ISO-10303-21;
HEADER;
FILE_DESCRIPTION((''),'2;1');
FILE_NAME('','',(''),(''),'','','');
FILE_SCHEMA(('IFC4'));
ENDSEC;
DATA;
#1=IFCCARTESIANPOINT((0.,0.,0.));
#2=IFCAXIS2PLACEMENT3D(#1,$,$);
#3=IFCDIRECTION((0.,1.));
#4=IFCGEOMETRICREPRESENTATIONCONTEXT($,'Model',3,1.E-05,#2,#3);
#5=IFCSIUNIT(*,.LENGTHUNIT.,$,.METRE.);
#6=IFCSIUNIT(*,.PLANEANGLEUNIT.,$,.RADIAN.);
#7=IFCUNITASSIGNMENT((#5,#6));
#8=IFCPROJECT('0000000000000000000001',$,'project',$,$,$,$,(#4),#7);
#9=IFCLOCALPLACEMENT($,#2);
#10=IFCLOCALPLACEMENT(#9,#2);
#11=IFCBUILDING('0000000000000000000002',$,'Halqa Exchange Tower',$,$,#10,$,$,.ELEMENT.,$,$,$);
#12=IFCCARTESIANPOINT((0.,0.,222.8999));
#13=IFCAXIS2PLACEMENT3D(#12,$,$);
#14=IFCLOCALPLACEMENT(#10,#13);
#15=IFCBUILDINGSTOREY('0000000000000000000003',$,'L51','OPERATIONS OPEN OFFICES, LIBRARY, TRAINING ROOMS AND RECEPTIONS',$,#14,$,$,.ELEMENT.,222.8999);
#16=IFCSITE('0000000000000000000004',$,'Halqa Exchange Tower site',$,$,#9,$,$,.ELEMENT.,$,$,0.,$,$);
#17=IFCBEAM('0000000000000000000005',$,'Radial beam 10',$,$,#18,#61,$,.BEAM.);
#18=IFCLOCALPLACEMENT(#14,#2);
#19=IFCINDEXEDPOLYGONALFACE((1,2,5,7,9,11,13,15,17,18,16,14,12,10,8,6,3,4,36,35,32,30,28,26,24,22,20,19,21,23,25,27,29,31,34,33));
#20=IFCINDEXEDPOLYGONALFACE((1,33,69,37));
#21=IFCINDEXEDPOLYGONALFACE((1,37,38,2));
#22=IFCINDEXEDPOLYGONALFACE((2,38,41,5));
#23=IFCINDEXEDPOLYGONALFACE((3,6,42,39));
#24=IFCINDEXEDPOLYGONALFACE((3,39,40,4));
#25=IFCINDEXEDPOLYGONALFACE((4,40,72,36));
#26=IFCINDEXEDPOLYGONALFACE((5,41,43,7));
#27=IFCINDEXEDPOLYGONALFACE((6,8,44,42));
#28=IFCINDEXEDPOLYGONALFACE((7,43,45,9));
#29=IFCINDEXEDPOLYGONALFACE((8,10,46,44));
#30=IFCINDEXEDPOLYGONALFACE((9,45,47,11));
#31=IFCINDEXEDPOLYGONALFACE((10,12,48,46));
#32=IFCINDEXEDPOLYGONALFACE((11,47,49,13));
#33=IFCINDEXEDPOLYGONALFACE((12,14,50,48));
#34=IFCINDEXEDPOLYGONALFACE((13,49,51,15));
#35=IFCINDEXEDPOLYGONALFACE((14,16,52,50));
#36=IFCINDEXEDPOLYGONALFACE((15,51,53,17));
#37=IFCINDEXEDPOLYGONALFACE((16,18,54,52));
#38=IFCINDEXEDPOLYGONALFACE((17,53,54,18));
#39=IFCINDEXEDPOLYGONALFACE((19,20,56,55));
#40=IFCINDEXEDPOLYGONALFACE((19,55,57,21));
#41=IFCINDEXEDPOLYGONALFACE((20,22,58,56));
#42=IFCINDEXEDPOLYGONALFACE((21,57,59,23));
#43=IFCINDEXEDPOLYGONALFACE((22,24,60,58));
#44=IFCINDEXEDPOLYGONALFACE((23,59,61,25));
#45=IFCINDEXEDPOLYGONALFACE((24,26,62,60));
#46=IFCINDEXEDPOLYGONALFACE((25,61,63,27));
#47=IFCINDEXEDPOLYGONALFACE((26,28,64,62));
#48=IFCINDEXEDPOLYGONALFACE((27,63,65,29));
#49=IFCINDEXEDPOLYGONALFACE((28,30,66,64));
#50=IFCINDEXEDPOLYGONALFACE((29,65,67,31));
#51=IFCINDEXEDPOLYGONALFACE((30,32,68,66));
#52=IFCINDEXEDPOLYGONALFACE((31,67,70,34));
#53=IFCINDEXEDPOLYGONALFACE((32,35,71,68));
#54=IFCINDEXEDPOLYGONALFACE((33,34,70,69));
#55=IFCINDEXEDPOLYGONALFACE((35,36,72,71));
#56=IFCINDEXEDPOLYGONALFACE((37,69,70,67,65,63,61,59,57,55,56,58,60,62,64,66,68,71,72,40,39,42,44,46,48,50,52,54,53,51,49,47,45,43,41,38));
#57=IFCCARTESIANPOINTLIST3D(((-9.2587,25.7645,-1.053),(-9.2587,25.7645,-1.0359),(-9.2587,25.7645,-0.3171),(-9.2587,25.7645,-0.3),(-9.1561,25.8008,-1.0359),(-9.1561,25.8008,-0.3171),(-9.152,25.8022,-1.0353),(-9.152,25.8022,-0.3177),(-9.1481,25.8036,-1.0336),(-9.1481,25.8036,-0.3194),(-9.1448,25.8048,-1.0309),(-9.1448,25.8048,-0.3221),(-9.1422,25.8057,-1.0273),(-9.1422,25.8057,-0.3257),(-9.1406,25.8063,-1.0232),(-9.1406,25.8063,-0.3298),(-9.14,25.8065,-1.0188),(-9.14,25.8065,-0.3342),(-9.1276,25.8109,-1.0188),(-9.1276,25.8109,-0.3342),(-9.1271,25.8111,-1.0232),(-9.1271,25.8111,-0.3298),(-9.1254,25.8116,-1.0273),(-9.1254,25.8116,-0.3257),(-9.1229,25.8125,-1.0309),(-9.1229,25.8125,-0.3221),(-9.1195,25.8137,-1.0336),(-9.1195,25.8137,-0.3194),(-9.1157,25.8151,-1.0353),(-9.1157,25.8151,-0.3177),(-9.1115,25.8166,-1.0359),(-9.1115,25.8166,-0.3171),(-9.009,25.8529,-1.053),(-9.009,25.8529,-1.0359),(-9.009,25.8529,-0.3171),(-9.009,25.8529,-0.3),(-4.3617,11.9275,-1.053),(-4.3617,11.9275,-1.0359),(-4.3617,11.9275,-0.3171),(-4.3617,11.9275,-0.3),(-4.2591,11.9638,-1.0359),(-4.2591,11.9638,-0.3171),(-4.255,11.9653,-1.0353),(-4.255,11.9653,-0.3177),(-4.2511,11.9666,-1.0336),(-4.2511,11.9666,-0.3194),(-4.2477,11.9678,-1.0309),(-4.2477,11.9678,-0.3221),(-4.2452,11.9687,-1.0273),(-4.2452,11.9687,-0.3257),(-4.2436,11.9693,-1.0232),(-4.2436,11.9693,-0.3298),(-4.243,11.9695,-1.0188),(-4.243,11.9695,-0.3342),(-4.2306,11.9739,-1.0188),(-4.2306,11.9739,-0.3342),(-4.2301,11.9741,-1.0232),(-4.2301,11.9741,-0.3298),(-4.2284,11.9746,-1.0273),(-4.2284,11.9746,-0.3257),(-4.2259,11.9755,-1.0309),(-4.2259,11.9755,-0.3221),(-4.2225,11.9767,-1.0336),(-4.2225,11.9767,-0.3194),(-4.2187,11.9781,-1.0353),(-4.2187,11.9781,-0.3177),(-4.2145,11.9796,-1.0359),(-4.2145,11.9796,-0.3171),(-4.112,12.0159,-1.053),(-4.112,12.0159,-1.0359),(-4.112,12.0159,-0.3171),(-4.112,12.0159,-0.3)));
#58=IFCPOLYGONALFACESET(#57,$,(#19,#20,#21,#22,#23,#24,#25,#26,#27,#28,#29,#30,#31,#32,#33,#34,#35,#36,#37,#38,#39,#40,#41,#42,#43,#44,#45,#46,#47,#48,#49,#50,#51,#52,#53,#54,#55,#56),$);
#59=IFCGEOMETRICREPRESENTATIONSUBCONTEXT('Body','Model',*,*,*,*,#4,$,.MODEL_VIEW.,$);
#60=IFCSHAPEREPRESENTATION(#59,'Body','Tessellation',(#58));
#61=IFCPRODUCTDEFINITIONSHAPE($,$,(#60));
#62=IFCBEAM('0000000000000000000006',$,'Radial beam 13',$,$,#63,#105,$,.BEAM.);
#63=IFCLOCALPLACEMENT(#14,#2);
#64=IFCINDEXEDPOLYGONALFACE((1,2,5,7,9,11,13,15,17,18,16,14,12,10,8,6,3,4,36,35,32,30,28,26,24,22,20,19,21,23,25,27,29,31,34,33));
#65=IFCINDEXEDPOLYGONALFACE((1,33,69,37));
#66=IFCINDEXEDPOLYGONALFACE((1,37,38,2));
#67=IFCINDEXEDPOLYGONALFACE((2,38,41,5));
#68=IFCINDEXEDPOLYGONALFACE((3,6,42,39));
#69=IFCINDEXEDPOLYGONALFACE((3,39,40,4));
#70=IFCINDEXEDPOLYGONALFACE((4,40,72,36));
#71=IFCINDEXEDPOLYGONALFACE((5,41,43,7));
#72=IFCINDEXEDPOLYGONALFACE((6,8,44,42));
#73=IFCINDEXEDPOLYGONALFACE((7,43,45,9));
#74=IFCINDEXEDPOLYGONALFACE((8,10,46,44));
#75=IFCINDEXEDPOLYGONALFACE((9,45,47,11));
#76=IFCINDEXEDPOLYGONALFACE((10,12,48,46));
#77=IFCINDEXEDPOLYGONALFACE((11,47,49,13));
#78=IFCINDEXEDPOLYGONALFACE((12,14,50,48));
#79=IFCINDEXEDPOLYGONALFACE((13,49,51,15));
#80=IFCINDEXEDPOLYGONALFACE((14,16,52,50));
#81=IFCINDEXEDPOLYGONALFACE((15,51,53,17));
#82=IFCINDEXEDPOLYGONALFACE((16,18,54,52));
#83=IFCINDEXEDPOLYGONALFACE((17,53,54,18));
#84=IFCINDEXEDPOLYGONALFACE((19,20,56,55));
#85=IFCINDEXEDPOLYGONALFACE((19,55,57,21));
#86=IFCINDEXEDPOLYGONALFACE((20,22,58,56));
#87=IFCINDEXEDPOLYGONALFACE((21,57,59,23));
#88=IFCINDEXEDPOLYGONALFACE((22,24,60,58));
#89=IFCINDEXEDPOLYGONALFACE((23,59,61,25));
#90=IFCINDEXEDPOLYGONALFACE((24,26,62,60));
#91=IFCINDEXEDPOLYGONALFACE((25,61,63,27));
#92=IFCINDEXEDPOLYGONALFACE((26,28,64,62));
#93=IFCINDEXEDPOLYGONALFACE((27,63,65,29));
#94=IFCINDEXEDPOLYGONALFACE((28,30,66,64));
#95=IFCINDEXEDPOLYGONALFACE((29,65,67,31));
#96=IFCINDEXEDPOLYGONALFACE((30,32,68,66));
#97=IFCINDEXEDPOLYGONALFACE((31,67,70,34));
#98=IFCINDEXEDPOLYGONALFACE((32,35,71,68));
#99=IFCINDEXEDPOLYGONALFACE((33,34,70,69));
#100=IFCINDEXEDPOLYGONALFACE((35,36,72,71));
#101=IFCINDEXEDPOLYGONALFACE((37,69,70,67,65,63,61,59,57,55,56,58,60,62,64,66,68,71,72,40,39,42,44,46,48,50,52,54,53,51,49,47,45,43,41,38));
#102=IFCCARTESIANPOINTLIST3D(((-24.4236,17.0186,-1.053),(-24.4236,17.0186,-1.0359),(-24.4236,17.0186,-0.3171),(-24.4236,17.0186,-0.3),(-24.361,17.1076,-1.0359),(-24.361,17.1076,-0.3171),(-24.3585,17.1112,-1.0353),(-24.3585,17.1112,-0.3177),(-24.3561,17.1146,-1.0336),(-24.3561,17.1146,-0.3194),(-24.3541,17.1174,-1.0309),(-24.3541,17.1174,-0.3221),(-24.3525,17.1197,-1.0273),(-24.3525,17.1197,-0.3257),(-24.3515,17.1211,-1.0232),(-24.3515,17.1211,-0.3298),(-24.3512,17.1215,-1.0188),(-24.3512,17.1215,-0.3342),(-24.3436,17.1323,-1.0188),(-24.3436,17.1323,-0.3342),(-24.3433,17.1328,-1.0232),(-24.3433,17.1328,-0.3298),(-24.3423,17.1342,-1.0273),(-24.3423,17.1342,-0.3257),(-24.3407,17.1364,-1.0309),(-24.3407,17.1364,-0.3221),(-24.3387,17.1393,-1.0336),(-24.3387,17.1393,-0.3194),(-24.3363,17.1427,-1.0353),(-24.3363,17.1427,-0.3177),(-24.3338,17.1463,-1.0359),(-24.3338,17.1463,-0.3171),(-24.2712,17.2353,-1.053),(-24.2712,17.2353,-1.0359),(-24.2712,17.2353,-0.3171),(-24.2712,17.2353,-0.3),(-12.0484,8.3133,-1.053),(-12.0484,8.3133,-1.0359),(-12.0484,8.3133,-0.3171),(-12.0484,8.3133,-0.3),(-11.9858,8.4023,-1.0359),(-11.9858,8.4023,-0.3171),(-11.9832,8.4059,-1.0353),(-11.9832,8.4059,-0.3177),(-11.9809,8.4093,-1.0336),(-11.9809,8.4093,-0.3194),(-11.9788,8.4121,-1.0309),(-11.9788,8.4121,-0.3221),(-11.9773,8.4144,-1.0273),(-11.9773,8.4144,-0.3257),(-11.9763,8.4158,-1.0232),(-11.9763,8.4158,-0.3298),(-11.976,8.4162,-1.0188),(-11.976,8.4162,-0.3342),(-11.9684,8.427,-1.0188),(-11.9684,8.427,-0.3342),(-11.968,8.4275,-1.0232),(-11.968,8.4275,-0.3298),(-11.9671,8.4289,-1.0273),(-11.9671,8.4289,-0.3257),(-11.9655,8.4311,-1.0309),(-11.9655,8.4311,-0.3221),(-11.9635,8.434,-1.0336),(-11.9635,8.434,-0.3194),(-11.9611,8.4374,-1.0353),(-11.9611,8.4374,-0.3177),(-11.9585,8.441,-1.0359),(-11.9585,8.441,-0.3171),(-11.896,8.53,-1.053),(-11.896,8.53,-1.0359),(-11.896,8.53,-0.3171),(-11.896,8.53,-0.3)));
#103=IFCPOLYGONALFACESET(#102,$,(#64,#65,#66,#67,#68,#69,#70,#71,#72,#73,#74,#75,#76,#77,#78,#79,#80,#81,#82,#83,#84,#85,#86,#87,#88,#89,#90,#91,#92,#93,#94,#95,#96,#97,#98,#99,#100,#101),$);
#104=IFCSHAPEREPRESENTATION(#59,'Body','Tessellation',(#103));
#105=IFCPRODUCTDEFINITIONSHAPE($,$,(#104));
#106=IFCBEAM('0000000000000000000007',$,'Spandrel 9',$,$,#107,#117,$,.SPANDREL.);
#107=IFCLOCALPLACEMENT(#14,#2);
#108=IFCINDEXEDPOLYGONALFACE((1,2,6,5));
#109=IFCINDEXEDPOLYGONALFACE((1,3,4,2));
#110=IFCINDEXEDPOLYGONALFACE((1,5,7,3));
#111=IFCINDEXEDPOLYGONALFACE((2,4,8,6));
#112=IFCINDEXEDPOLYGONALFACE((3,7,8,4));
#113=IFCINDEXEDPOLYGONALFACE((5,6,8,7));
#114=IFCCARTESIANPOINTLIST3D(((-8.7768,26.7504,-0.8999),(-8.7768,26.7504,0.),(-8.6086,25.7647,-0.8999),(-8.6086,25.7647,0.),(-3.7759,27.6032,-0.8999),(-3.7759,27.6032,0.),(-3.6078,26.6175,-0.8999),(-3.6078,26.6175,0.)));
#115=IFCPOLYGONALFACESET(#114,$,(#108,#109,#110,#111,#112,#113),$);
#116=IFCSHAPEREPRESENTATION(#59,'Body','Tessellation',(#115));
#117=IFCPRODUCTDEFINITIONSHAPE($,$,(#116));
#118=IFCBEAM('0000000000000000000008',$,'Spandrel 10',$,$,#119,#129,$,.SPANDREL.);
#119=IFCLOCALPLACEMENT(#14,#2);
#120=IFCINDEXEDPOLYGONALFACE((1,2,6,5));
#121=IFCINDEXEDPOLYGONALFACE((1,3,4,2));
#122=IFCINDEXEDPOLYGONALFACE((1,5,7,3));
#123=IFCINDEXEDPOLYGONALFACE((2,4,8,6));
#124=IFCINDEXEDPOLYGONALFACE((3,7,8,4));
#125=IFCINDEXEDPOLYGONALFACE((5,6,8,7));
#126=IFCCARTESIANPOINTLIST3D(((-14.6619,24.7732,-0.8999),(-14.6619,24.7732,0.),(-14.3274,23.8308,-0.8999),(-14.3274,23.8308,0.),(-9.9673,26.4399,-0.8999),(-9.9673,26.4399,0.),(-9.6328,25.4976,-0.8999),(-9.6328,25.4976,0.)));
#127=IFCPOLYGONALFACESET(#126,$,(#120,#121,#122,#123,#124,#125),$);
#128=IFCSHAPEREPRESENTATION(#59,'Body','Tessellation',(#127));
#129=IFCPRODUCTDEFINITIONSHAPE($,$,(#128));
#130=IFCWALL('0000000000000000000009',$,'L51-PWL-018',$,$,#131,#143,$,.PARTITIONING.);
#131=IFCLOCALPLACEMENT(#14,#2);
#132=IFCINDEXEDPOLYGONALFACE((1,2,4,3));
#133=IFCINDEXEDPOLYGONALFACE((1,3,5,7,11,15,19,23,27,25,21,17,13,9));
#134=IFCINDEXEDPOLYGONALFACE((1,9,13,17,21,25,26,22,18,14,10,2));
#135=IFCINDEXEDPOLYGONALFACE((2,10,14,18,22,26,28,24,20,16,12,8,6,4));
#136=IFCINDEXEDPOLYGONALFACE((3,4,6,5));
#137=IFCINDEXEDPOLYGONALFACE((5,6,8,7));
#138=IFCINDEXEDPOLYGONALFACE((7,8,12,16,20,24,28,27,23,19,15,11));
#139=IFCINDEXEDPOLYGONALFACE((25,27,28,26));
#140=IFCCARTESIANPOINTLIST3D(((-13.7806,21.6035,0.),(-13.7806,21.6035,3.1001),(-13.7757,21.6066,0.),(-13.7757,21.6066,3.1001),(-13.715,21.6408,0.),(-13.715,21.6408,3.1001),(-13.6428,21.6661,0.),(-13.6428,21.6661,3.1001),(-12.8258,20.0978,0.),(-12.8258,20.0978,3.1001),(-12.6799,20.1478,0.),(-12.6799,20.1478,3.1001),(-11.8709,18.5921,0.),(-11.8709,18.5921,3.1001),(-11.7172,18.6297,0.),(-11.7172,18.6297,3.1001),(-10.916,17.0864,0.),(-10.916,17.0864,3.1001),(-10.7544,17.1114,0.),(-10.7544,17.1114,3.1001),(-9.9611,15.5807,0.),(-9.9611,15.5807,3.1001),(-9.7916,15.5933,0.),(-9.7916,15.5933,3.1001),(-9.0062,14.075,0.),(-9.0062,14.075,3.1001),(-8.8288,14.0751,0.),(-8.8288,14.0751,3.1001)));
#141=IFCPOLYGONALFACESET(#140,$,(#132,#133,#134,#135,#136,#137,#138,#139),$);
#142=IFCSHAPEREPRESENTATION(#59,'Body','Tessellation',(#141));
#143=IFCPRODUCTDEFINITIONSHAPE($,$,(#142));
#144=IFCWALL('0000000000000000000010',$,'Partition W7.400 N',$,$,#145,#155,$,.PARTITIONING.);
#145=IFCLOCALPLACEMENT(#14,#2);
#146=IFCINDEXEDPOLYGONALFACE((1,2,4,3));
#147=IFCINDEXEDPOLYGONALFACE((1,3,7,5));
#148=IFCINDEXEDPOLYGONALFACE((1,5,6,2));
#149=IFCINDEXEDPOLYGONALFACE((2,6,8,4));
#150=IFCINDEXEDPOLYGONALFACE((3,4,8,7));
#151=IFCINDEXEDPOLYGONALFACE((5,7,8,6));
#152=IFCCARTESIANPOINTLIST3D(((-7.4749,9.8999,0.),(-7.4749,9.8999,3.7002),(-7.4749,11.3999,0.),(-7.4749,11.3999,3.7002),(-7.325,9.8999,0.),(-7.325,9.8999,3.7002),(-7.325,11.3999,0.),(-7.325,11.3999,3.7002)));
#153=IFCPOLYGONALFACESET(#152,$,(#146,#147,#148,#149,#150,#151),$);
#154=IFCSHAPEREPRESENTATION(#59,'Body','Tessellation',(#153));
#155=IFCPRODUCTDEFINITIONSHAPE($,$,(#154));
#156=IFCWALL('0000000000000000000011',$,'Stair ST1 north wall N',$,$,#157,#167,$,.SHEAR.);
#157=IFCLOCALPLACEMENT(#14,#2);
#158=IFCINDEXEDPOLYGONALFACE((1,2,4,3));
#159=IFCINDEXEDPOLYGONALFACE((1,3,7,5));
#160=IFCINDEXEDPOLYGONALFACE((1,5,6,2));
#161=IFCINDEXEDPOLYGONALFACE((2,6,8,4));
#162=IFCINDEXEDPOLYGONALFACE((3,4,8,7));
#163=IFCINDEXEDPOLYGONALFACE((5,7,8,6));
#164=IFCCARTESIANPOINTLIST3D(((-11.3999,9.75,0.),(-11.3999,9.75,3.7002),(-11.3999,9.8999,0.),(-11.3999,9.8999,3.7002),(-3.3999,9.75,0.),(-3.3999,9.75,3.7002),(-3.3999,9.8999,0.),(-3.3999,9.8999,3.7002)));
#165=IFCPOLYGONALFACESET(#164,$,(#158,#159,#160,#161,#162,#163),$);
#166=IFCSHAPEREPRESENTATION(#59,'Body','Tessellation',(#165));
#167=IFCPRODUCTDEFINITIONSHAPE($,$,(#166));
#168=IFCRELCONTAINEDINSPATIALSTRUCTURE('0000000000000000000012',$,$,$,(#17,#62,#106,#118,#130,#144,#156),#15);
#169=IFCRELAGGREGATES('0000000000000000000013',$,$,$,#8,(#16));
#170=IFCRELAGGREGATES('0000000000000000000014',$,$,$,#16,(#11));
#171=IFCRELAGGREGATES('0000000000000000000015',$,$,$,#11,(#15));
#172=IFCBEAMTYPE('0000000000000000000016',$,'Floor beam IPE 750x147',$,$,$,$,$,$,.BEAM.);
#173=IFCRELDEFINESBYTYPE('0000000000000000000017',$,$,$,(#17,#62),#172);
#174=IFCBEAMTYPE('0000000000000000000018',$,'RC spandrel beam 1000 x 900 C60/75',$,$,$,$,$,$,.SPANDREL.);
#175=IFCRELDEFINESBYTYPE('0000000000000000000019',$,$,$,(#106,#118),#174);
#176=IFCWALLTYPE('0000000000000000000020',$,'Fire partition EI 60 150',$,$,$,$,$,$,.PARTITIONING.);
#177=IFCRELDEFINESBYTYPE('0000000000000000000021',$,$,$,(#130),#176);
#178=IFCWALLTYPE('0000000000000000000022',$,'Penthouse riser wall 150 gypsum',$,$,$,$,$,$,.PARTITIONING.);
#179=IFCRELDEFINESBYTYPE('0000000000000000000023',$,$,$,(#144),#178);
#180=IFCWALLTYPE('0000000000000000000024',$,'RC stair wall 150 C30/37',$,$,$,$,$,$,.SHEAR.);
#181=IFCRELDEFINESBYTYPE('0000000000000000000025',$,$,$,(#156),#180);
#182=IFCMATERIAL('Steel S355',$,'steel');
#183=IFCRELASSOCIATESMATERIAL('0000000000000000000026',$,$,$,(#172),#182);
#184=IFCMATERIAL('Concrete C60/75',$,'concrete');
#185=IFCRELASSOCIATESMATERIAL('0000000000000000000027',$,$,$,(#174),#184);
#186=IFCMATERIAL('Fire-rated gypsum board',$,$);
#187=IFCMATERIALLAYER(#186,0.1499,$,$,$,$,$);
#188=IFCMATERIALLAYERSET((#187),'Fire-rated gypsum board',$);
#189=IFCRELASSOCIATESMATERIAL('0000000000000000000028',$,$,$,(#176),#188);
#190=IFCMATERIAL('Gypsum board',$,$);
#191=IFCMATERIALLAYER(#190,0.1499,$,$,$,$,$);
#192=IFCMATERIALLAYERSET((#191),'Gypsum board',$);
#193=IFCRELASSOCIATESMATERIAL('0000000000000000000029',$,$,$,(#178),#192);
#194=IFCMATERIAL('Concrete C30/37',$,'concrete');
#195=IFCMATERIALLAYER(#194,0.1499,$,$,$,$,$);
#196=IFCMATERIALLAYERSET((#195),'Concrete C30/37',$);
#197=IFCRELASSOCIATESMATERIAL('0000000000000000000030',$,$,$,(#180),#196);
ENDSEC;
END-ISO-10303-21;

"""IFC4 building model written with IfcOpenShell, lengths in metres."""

from ifc_helpers import new_model, si_unit, direction, frame, frame_2d, origin, origin_2d, place, context, subcontext, project, spatial, polyline, rectangle, i_section, outline, extrude, material, layer, layer_set, material_profile, profile_set, type_object, element, save


model = new_model("IFC4")

# Units and contexts
model_context = context("Model", 3, precision=1e-05, world=origin(), true_north=direction((0.0, 1.0)))
body_context = subcontext(model_context, "Body", "Model", "MODEL_VIEW")
ifc_project = project(units=[si_unit("LENGTHUNIT", "METRE"), si_unit("PLANEANGLEUNIT", "RADIAN")], contexts=[model_context])

# Site, building, storey
site_placement = place(None, origin())
site = spatial("IfcSite", under=ifc_project, at=site_placement, Name="Halqa Exchange Tower site", CompositionType="ELEMENT", RefElevation=0.0)
building_placement = place(site_placement, origin())
building = spatial("IfcBuilding", under=site, at=building_placement, Name="Halqa Exchange Tower", CompositionType="ELEMENT")
storey_placement = place(building_placement, frame((0.0, 0.0, 222.8999)))
storey = spatial("IfcBuildingStorey", under=building, at=storey_placement, Name="L51", Description="OPERATIONS OPEN OFFICES, LIBRARY, TRAINING ROOMS AND RECEPTIONS", CompositionType="ELEMENT", Elevation=222.8999)

# Shared definitions
ifc_material_1 = material(Name="Concrete C60/75", Category="concrete")

# Beams
ifc_material_2 = material(Name="Steel S355", Category="steel")
ifc_material_profile_1 = material_profile(ifc_material_2, i_section(OverallWidth=0.2649, OverallDepth=0.7529, WebThickness=0.0132, FlangeThickness=0.0171, FilletRadius=0.0171, at=origin_2d()), Name="IPE 750x147")
ifc_profile_set_1 = profile_set([ifc_material_profile_1], Name="Steel S355")
beam_type_1 = type_object("IfcBeamType", Name="Floor beam IPE 750x147", PredefinedType="BEAM", material=ifc_profile_set_1)
beam_1_placement = place(storey_placement, frame((-4.2368, 11.9717, -0.6765), z_axis=(-0.333629, 0.942704, 0.0), x_axis=(-0.942704, -0.333629, 0.0)))
element("IfcBeam", 1, at=beam_1_placement, inside=storey, type_object=beam_type_1, Name="Radial beam 10", PredefinedType="BEAM", context=body_context, shape_type="SweptSolid", body=[
    extrude(i_section(OverallWidth=0.2649, OverallDepth=0.7529, WebThickness=0.0132, FlangeThickness=0.0171, FilletRadius=0.0171, at=origin_2d()), origin(), (0.0, 0.0, 1.0), 14.678),
])
beam_2_placement = place(storey_placement, frame((-11.9722, 8.4216, -0.6765), z_axis=(-0.817905, 0.575353, 0.0), x_axis=(-0.575353, -0.817905, 0.0)))
element("IfcBeam", 2, at=beam_2_placement, inside=storey, type_object=beam_type_1, Name="Radial beam 13", PredefinedType="BEAM", context=body_context, shape_type="SweptSolid", body=[
    extrude(i_section(OverallWidth=0.2649, OverallDepth=0.7529, WebThickness=0.0132, FlangeThickness=0.0171, FilletRadius=0.0171, at=origin_2d()), origin(), (0.0, 0.0, 1.0), 15.1304),
])
ifc_material_profile_2 = material_profile(ifc_material_1, rectangle(XDim=1.0, YDim=0.8999, at=origin_2d()), Name="1000 x 900")
ifc_profile_set_2 = profile_set([ifc_material_profile_2], Name="Concrete C60/75")
beam_type_2 = type_object("IfcBeamType", Name="RC spandrel beam 1000 x 900 C60/75", PredefinedType="SPANDREL", material=ifc_profile_set_2)
beam_3_placement = place(storey_placement, frame((-3.6919, 27.1104, -0.45), z_axis=(-0.985769, -0.168105, 0.0), x_axis=(0.168105, -0.985769, 0.0)))
element("IfcBeam", 3, at=beam_3_placement, inside=storey, type_object=beam_type_2, Name="Spandrel 9", PredefinedType="SPANDREL", context=body_context, shape_type="SweptSolid", body=[
    extrude(rectangle(XDim=1.0, YDim=0.8999, at=origin_2d()), origin(), (0.0, 0.0, 1.0), 5.073),
])
beam_4_placement = place(storey_placement, frame((-9.8, 25.9688, -0.45), z_axis=(-0.942369, -0.334576, 0.0), x_axis=(0.334576, -0.942369, 0.0)))
element("IfcBeam", 4, at=beam_4_placement, inside=storey, type_object=beam_type_2, Name="Spandrel 10", PredefinedType="SPANDREL", context=body_context, shape_type="SweptSolid", body=[
    extrude(rectangle(XDim=1.0, YDim=0.8999, at=origin_2d()), origin(), (0.0, 0.0, 1.0), 4.9817),
])

# Walls
ifc_material_3 = material(Name="Fire-rated gypsum board")
ifc_layer_1 = layer(ifc_material_3, 0.1499)
ifc_layer_set_1 = layer_set([ifc_layer_1], Name="Fire-rated gypsum board")
wall_type_1 = type_object("IfcWallType", Name="Fire partition EI 60 150", PredefinedType="PARTITIONING", material=ifc_layer_set_1)
wall_1_placement = place(storey_placement, frame((-8.8921, 14.0349, 0.0), z_axis=(0.0, 0.0, 1.0), x_axis=(-0.535558, 0.844498, 0.0)))
element("IfcWall", 5, at=wall_1_placement, inside=storey, type_object=wall_type_1, Name="L51-PWL-018", PredefinedType="PARTITIONING", context=body_context, shape_type="SweptSolid", body=[
    extrude(outline(polyline([(0.0, -0.075), (1.7979, -0.075), (3.5955, -0.075), (5.3933, -0.075), (7.1909, -0.075), (8.9888, -0.075), (9.0061, -0.0005), (9.0098, 0.0691), (9.0098, 0.075), (7.2268, 0.075), (5.4438, 0.075), (3.6609, 0.075), (1.8779, 0.075), (0.095, 0.075), (0.0, -0.075), (0.0, -0.075)])), origin(), (0.0, 0.0, 1.0), 3.1001),
])
ifc_material_4 = material(Name="Gypsum board")
ifc_layer_2 = layer(ifc_material_4, 0.1499)
ifc_layer_set_2 = layer_set([ifc_layer_2], Name="Gypsum board")
wall_type_2 = type_object("IfcWallType", Name="Penthouse riser wall 150 gypsum", PredefinedType="PARTITIONING", material=ifc_layer_set_2)
wall_2_placement = place(storey_placement, frame((-7.3999, 9.8999, 0.0), z_axis=(0.0, 0.0, 1.0), x_axis=(0.0, 1.0, 0.0)))
element("IfcWall", 6, at=wall_2_placement, inside=storey, type_object=wall_type_2, Name="Partition W7.400 N", PredefinedType="PARTITIONING", context=body_context, shape_type="SweptSolid", body=[
    extrude(rectangle(XDim=1.5, YDim=0.1499, at=frame_2d((0.75, 0.0))), origin(), (0.0, 0.0, 1.0), 3.7002),
])
ifc_material_5 = material(Name="Concrete C30/37", Category="concrete")
ifc_layer_3 = layer(ifc_material_5, 0.1499)
ifc_layer_set_3 = layer_set([ifc_layer_3], Name="Concrete C30/37")
wall_type_3 = type_object("IfcWallType", Name="RC stair wall 150 C30/37", PredefinedType="SHEAR", material=ifc_layer_set_3)
wall_3_placement = place(storey_placement, frame((-11.3999, 9.825, 0.0), z_axis=(0.0, 0.0, 1.0), x_axis=(1.0, 0.0, 0.0)))
element("IfcWall", 7, at=wall_3_placement, inside=storey, type_object=wall_type_3, Name="Stair ST1 north wall N", PredefinedType="SHEAR", context=body_context, shape_type="SweptSolid", body=[
    extrude(rectangle(XDim=8.0, YDim=0.1499, at=frame_2d((4.0, 0.0))), origin(), (0.0, 0.0, 1.0), 3.7002),
])

save(model, "model.ifc")
